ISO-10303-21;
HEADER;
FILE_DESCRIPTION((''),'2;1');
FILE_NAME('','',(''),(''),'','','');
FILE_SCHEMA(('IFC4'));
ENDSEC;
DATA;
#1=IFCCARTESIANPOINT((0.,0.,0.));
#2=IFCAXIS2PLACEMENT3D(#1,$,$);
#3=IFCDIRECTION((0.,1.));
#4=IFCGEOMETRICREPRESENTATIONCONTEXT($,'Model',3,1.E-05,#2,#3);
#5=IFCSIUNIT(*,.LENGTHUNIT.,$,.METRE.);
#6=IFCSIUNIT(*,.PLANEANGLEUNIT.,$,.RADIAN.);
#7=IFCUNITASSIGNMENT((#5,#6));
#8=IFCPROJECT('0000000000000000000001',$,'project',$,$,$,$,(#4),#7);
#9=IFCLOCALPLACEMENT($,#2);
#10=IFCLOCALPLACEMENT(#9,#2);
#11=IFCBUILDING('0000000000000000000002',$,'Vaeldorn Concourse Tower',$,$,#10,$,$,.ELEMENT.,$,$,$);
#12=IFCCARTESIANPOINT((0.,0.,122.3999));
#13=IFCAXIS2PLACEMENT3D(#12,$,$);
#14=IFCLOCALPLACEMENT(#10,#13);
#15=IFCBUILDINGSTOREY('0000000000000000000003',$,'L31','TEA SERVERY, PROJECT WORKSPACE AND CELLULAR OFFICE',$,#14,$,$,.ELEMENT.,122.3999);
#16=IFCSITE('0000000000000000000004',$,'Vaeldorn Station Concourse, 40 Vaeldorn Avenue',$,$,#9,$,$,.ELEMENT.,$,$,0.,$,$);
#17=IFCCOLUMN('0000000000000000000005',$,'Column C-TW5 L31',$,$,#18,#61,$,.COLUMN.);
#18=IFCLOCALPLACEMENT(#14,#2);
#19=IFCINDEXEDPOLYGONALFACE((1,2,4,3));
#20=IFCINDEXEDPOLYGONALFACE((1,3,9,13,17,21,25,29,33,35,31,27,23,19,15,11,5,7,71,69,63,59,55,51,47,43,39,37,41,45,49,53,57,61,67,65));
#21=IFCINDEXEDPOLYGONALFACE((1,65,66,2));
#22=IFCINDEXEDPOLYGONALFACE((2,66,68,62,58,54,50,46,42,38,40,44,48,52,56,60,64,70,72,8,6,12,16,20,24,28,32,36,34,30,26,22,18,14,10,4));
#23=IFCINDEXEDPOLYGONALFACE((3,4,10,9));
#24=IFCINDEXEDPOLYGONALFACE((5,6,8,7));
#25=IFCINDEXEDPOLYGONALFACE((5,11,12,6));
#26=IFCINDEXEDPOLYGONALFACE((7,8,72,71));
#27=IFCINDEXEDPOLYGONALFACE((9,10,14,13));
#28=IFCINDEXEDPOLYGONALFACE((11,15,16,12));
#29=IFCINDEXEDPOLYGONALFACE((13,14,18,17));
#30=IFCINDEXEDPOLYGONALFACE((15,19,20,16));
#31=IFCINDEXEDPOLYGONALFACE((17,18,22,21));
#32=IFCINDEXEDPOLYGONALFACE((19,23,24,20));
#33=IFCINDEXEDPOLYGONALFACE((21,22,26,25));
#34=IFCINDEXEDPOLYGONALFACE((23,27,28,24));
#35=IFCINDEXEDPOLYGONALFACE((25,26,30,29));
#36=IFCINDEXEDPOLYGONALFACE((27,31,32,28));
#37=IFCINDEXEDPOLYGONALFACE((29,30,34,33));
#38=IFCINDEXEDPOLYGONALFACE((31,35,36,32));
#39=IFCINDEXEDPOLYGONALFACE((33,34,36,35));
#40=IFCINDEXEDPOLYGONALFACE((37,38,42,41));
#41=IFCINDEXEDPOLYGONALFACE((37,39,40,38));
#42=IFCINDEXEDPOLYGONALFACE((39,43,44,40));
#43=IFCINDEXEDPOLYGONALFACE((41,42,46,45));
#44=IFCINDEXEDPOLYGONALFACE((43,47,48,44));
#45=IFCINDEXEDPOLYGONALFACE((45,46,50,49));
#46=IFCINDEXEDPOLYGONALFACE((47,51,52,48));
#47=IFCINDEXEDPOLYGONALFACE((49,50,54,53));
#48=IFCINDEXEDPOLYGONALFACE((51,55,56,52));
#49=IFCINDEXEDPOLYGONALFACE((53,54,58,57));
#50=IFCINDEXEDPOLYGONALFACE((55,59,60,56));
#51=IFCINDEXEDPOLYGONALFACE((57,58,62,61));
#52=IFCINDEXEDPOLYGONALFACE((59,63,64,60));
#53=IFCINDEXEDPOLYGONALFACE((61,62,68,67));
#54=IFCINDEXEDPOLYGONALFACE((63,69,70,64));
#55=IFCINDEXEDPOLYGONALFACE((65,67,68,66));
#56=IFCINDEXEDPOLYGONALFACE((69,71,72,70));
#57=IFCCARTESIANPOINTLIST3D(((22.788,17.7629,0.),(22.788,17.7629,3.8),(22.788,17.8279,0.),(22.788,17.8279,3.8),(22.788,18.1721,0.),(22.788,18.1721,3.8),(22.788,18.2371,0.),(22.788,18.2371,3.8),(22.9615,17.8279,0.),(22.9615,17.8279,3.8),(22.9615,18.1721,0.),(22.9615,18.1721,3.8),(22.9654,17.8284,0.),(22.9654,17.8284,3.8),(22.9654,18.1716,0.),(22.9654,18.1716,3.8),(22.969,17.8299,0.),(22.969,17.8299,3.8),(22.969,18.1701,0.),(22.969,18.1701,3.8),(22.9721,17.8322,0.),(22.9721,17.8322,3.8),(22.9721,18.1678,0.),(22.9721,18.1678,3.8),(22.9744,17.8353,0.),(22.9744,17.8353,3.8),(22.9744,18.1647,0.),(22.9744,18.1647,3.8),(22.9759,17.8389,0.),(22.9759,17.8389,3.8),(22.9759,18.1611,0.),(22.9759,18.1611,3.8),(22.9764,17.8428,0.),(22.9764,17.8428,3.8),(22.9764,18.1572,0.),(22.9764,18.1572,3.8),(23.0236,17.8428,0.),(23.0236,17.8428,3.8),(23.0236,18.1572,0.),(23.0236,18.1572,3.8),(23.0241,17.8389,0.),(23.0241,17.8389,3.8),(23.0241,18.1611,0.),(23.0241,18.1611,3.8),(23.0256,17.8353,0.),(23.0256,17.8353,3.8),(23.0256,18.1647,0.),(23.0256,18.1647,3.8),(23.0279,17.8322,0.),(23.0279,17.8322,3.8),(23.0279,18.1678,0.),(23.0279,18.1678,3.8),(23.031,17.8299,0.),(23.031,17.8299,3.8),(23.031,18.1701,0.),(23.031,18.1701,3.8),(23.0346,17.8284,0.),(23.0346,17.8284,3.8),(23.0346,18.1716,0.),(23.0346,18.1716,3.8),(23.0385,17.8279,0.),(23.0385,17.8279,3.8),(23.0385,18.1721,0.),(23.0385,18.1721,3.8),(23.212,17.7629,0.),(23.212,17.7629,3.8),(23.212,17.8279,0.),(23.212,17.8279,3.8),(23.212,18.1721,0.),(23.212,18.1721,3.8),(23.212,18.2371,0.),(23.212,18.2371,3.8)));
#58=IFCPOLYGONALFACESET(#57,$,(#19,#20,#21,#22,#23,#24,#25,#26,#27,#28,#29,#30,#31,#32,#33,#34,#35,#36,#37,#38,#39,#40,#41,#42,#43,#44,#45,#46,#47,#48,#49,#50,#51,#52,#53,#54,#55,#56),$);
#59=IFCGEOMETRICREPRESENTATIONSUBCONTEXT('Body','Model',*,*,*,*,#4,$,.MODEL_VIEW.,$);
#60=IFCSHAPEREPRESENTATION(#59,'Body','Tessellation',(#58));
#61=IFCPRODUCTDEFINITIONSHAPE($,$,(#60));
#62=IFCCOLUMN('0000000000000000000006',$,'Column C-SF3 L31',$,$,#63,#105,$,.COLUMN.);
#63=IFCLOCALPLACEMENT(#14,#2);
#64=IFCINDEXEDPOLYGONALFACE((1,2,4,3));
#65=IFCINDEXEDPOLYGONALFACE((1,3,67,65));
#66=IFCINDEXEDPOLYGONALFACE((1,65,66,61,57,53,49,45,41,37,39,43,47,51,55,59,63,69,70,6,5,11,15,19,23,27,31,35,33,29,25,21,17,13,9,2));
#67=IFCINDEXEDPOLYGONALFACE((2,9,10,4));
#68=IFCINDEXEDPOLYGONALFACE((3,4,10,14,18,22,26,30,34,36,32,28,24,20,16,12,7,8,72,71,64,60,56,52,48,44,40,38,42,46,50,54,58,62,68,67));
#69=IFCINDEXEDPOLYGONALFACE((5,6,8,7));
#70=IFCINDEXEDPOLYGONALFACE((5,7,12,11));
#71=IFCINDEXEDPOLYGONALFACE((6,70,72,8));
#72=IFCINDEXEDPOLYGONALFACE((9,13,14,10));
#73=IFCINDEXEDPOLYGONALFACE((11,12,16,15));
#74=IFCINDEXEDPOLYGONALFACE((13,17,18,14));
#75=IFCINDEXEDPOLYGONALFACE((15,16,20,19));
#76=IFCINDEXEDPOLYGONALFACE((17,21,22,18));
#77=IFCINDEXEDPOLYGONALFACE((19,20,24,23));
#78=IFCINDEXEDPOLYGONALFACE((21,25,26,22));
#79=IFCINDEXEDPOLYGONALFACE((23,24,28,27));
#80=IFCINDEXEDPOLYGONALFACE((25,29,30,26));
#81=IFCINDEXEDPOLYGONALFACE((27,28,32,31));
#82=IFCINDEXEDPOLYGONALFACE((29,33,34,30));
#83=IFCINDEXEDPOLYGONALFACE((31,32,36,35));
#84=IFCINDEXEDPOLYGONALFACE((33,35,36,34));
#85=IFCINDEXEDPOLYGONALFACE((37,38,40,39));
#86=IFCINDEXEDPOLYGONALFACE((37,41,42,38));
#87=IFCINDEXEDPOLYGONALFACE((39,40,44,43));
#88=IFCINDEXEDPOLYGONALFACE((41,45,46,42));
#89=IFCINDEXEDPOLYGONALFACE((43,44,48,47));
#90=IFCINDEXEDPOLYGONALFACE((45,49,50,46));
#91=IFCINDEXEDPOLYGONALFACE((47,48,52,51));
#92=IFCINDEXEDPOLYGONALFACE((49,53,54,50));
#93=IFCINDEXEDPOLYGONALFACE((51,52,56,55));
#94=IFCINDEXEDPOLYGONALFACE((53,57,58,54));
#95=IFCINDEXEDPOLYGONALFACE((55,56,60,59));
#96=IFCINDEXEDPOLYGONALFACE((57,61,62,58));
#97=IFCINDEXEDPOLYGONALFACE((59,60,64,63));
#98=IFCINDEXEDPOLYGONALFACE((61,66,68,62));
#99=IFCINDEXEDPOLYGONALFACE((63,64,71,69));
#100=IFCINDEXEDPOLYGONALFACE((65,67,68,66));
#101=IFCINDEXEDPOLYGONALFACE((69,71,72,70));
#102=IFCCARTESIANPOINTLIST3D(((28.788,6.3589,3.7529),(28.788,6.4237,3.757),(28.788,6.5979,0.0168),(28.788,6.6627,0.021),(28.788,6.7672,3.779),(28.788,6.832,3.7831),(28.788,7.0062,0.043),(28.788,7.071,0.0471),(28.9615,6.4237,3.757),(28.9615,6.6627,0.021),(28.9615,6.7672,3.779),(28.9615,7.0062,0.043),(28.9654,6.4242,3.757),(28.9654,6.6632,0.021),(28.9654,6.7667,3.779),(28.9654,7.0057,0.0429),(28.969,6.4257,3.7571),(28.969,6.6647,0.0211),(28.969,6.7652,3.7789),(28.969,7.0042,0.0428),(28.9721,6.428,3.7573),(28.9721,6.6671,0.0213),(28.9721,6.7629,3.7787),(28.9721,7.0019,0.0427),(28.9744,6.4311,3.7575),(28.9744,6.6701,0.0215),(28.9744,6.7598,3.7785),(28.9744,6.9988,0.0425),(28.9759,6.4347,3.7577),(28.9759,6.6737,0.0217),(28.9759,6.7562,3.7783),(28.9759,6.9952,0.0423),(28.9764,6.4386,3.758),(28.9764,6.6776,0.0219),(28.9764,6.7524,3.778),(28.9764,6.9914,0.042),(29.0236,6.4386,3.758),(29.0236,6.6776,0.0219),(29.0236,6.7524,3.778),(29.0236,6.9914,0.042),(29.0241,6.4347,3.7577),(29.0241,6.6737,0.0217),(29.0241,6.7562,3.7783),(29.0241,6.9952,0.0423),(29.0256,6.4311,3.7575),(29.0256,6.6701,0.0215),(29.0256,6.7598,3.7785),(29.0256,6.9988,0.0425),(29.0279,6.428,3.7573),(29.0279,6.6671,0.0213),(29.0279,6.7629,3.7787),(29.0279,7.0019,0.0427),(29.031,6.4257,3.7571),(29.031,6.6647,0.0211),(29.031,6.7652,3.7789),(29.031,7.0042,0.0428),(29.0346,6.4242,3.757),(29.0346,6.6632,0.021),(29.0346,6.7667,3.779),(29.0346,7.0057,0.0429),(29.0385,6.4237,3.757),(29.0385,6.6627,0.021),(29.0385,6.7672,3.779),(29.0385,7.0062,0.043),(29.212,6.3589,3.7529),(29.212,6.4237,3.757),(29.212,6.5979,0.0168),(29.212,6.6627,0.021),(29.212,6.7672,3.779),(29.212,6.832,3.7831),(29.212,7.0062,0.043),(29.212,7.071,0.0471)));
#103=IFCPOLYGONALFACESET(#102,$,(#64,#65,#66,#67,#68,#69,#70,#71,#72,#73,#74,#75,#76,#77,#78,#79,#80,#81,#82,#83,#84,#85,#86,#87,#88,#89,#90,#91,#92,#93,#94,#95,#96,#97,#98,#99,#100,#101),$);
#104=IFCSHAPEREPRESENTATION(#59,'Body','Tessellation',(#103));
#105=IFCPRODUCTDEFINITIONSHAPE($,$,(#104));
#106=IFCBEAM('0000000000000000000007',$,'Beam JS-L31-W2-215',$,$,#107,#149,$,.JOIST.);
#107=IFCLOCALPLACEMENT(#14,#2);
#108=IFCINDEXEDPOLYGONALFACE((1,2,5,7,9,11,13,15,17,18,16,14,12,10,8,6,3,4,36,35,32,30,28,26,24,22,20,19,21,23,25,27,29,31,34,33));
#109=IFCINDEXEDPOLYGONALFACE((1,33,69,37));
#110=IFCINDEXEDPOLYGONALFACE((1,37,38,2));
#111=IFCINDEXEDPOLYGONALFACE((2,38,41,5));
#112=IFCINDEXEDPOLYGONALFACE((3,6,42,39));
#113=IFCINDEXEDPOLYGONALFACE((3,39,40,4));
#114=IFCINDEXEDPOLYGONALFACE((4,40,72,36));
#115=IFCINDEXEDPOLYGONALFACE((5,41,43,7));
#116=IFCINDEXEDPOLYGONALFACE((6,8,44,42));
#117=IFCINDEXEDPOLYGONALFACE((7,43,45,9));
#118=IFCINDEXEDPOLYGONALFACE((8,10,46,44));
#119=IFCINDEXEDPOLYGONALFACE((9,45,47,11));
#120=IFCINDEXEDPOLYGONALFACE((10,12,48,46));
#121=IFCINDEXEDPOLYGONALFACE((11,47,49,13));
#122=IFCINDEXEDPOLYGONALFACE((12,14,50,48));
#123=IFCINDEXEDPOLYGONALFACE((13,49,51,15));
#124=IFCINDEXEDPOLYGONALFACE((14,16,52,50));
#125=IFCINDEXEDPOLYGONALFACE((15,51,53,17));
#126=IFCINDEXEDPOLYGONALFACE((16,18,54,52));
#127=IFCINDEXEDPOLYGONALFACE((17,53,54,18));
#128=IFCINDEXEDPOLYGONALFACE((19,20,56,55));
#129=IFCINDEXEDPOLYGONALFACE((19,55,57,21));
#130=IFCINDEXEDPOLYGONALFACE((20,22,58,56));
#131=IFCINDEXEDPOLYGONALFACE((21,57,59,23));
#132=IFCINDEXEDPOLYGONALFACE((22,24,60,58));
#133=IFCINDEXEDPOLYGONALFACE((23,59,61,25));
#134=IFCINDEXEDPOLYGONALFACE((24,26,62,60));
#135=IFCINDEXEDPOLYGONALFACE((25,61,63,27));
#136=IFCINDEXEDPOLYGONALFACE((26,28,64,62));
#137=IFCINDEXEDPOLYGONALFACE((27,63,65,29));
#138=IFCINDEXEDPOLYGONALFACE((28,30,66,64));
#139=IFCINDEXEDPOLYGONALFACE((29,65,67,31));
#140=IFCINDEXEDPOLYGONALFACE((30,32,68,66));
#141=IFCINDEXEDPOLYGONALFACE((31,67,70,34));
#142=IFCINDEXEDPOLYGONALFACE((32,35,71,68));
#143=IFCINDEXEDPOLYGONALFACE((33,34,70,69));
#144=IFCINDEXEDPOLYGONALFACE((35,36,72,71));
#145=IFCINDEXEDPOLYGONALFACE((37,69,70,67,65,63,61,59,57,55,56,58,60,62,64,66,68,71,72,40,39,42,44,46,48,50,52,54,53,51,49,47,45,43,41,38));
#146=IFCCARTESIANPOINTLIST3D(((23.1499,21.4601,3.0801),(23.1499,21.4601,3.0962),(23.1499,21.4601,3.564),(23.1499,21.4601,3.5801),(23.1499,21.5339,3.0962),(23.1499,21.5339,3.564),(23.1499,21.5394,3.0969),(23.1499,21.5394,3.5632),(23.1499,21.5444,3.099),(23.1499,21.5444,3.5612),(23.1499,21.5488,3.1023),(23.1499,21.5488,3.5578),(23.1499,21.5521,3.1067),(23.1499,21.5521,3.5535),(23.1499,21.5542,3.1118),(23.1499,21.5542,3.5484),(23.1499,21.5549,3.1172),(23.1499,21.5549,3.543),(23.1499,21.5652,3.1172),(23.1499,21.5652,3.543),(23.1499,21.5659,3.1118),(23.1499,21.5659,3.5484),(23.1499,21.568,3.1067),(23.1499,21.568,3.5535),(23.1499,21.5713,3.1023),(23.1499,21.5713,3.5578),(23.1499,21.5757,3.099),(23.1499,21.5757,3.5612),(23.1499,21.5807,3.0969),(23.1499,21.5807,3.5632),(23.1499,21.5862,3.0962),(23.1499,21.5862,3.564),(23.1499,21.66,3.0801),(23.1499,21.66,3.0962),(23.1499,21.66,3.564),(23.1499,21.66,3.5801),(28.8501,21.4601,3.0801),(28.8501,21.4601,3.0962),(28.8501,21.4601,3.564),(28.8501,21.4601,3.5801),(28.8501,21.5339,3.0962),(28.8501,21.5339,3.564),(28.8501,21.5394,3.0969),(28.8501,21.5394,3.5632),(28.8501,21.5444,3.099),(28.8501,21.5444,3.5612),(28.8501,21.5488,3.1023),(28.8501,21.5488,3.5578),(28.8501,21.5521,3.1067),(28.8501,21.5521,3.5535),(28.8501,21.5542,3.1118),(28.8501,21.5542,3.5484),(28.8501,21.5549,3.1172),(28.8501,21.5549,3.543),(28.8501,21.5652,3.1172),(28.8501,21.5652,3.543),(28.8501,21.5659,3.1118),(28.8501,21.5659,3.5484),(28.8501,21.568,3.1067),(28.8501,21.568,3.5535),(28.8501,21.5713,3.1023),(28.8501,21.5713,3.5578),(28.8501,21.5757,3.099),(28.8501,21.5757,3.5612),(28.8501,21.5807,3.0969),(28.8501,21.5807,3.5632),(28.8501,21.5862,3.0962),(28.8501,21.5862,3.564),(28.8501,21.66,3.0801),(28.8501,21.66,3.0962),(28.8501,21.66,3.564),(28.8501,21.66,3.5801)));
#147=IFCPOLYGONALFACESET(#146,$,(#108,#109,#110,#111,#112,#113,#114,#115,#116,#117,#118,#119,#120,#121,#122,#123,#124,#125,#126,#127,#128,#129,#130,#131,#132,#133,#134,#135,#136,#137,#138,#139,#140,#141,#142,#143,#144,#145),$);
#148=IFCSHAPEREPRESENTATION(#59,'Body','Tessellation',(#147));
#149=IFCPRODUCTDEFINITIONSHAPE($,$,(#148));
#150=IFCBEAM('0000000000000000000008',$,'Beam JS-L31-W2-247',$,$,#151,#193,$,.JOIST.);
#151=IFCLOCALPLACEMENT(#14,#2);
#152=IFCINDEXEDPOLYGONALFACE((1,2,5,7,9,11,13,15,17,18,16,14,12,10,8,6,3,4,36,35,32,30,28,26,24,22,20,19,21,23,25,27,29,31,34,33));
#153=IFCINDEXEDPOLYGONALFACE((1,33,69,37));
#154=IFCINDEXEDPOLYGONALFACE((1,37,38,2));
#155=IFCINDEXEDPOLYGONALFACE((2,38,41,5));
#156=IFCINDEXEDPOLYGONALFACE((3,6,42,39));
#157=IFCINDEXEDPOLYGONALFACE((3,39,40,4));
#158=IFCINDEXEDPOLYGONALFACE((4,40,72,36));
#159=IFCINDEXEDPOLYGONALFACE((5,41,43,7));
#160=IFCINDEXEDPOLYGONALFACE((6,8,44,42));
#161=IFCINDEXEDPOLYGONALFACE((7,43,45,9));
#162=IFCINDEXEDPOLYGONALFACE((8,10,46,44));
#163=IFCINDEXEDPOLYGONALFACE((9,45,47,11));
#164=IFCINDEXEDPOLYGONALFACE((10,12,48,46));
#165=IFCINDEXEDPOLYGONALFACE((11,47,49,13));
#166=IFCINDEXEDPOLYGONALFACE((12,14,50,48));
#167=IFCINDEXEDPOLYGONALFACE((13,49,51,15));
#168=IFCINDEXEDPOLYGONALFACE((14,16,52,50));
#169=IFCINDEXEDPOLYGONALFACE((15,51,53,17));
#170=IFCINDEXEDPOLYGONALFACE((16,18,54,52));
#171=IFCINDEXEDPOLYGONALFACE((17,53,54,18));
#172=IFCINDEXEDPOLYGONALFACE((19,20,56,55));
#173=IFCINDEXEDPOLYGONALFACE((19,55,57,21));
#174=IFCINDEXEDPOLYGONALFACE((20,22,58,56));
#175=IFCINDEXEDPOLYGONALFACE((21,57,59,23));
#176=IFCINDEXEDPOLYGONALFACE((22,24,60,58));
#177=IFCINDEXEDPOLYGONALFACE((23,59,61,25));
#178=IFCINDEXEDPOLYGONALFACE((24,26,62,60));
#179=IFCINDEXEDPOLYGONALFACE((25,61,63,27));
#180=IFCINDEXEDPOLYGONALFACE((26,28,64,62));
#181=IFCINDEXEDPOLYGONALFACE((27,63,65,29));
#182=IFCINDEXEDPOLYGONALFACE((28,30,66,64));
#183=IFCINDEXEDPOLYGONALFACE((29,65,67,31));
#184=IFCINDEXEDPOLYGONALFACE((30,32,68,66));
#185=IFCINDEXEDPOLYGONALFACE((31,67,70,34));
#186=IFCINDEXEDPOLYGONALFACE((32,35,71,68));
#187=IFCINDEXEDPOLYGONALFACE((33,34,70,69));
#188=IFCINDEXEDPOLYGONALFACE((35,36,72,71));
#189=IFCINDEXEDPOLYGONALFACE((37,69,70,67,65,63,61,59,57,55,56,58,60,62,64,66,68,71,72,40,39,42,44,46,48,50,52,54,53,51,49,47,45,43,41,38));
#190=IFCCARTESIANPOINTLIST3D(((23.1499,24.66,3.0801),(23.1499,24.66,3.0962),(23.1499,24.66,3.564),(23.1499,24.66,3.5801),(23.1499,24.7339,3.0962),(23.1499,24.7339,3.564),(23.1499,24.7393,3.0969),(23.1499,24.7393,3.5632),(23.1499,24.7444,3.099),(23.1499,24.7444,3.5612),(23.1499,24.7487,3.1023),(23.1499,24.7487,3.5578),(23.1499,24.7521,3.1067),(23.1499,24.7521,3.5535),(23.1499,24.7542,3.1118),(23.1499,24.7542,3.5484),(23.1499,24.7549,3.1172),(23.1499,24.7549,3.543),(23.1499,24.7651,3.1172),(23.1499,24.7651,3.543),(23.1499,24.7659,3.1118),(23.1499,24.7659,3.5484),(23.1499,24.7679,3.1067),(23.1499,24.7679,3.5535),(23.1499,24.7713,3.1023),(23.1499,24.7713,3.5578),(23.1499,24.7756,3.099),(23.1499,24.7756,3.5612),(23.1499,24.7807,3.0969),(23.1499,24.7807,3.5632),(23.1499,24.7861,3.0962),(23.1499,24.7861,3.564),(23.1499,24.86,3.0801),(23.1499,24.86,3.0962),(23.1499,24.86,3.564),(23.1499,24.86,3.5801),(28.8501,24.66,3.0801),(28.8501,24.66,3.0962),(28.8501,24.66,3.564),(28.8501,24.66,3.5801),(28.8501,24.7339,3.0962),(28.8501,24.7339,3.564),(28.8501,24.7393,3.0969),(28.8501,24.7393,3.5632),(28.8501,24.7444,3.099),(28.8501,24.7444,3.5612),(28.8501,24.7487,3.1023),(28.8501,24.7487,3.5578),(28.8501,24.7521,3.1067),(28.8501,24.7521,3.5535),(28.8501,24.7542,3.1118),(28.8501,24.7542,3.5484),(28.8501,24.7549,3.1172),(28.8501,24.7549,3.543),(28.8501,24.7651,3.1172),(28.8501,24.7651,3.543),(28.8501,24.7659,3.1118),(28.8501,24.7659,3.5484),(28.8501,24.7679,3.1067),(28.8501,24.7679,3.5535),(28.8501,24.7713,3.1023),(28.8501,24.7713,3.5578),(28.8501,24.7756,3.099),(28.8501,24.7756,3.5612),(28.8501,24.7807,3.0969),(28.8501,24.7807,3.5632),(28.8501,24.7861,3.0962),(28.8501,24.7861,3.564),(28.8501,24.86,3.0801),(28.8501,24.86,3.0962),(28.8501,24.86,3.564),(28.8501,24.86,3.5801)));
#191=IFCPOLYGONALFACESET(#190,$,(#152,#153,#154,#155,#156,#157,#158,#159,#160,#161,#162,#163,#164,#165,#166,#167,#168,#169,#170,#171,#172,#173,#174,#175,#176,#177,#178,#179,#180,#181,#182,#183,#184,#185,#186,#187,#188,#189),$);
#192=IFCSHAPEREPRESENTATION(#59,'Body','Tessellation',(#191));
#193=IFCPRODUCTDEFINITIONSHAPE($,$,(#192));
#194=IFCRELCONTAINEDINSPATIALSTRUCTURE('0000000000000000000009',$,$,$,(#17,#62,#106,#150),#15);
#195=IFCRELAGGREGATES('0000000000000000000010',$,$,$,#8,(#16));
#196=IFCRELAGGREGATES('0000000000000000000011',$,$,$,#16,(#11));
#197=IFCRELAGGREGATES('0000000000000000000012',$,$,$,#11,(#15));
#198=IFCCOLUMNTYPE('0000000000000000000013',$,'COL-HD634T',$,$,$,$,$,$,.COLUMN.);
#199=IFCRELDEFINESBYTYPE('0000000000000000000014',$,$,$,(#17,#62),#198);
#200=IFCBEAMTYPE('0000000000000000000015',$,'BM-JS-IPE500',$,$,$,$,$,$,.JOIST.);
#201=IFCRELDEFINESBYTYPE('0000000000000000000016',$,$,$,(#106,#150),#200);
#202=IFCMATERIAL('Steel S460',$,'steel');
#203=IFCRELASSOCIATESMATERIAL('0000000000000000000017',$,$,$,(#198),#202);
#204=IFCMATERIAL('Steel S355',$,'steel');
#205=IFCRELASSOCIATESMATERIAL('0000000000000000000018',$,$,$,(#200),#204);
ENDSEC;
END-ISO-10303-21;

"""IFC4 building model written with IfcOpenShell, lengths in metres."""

from ifc_helpers import new_model, si_unit, direction, frame, origin, origin_2d, place, context, subcontext, project, spatial, i_section, extrude, source, transform, mapped, material, material_profile, profile_set, type_object, element, save


model = new_model("IFC4")

# Units and contexts
model_context = context("Model", 3, precision=1e-05, world=origin(), true_north=direction((0.0, 1.0)))
body_context = subcontext(model_context, "Body", "Model", "MODEL_VIEW")
ifc_project = project(units=[si_unit("LENGTHUNIT", "METRE"), si_unit("PLANEANGLEUNIT", "RADIAN")], contexts=[model_context])

# Site, building, storey
site_placement = place(None, origin())
site = spatial("IfcSite", under=ifc_project, at=site_placement, Name="Vaeldorn Station Concourse, 40 Vaeldorn Avenue", CompositionType="ELEMENT", RefElevation=0.0)
building_placement = place(site_placement, origin())
building = spatial("IfcBuilding", under=site, at=building_placement, Name="Vaeldorn Concourse Tower", CompositionType="ELEMENT")
storey_placement = place(building_placement, frame((0.0, 0.0, 122.3999)))
storey = spatial("IfcBuildingStorey", under=building, at=storey_placement, Name="L31", Description="TEA SERVERY, PROJECT WORKSPACE AND CELLULAR OFFICE", CompositionType="ELEMENT", Elevation=122.3999)

# Columns
ifc_material_1 = material(Name="Steel S460", Category="steel")
ifc_material_profile_1 = material_profile(ifc_material_1, i_section(OverallWidth=0.4241, OverallDepth=0.4741, WebThickness=0.0471, FlangeThickness=0.0649, FilletRadius=0.0149, at=origin_2d()), Name="HD 400x634")
ifc_profile_set_1 = profile_set([ifc_material_profile_1], Name="Steel S460")
column_type = type_object("IfcColumnType", Name="COL-HD634T", PredefinedType="COLUMN", material=ifc_profile_set_1)
shared_shape_1 = source(origin(), body_context, "Body", "SweptSolid", [
    extrude(i_section(OverallWidth=0.4241, OverallDepth=0.4741, WebThickness=0.0471, FlangeThickness=0.0649, FilletRadius=0.0149, at=origin_2d()), origin(), (0.0, 0.0, 1.0), 3.8),
])
column_1_placement = place(storey_placement, frame((23.0, 18.0, 0.0), z_axis=(0.0, 0.0, 1.0), x_axis=(1.0, 0.0, 0.0)))
element("IfcColumn", 1, at=column_1_placement, inside=storey, type_object=column_type, Name="Column C-TW5 L31", PredefinedType="COLUMN", context=body_context, shape_type="MappedRepresentation", body=[
    mapped(shared_shape_1, transform((0.0, 0.0, 0.0), scale=1.0)),
])
shared_shape_2 = source(origin(), body_context, "Body", "SweptSolid", [
    extrude(i_section(OverallWidth=0.4241, OverallDepth=0.4741, WebThickness=0.0471, FlangeThickness=0.0649, FilletRadius=0.0149, at=origin_2d()), origin(), (0.0, 0.0, 1.0), 3.7437),
])
column_2_placement = place(storey_placement, frame((29.0, 6.8345, 0.032), z_axis=(0.0, -0.063844, 0.99796), x_axis=(1.0, 0.0, 0.0)))
element("IfcColumn", 2, at=column_2_placement, inside=storey, type_object=column_type, Name="Column C-SF3 L31", PredefinedType="COLUMN", context=body_context, shape_type="MappedRepresentation", body=[
    mapped(shared_shape_2, transform((0.0, 0.0, 0.0), scale=1.0)),
])

# Beams
ifc_material_2 = material(Name="Steel S355", Category="steel")
ifc_material_profile_2 = material_profile(ifc_material_2, i_section(OverallWidth=0.2, OverallDepth=0.5, WebThickness=0.0103, FlangeThickness=0.0161, FilletRadius=0.021, at=origin_2d()), Name="IPE 500")
ifc_profile_set_2 = profile_set([ifc_material_profile_2], Name="Steel S355")
beam_type_1 = type_object("IfcBeamType", Name="BM-JS-IPE500", PredefinedType="JOIST", material=ifc_profile_set_2)
shared_shape_3 = source(origin(), body_context, "Body", "SweptSolid", [
    extrude(i_section(OverallWidth=0.2, OverallDepth=0.5, WebThickness=0.0103, FlangeThickness=0.0161, FilletRadius=0.021, at=origin_2d()), origin(), (0.0, 0.0, 1.0), 5.7002),
])
for number, where, z_axis, x_axis, name in (
    (3, (23.1499, 21.5601, 3.3301), (1.0, 0.0, 0.0), (0.0, 1.0, 0.0), "Beam JS-L31-W2-215"),
    (4, (23.1499, 24.76, 3.3301), (1.0, 0.0, 0.0), (0.0, 1.0, 0.0), "Beam JS-L31-W2-247"),
):
    element("IfcBeam", number, at=place(storey_placement, frame(where, z_axis=z_axis, x_axis=x_axis)), inside=storey, type_object=beam_type_1, Name=name, PredefinedType="JOIST", context=body_context, shape_type="MappedRepresentation", body=[
        mapped(shared_shape_3, transform((0.0, 0.0, 0.0), scale=1.0)),
    ])

save(model, "model.ifc")
